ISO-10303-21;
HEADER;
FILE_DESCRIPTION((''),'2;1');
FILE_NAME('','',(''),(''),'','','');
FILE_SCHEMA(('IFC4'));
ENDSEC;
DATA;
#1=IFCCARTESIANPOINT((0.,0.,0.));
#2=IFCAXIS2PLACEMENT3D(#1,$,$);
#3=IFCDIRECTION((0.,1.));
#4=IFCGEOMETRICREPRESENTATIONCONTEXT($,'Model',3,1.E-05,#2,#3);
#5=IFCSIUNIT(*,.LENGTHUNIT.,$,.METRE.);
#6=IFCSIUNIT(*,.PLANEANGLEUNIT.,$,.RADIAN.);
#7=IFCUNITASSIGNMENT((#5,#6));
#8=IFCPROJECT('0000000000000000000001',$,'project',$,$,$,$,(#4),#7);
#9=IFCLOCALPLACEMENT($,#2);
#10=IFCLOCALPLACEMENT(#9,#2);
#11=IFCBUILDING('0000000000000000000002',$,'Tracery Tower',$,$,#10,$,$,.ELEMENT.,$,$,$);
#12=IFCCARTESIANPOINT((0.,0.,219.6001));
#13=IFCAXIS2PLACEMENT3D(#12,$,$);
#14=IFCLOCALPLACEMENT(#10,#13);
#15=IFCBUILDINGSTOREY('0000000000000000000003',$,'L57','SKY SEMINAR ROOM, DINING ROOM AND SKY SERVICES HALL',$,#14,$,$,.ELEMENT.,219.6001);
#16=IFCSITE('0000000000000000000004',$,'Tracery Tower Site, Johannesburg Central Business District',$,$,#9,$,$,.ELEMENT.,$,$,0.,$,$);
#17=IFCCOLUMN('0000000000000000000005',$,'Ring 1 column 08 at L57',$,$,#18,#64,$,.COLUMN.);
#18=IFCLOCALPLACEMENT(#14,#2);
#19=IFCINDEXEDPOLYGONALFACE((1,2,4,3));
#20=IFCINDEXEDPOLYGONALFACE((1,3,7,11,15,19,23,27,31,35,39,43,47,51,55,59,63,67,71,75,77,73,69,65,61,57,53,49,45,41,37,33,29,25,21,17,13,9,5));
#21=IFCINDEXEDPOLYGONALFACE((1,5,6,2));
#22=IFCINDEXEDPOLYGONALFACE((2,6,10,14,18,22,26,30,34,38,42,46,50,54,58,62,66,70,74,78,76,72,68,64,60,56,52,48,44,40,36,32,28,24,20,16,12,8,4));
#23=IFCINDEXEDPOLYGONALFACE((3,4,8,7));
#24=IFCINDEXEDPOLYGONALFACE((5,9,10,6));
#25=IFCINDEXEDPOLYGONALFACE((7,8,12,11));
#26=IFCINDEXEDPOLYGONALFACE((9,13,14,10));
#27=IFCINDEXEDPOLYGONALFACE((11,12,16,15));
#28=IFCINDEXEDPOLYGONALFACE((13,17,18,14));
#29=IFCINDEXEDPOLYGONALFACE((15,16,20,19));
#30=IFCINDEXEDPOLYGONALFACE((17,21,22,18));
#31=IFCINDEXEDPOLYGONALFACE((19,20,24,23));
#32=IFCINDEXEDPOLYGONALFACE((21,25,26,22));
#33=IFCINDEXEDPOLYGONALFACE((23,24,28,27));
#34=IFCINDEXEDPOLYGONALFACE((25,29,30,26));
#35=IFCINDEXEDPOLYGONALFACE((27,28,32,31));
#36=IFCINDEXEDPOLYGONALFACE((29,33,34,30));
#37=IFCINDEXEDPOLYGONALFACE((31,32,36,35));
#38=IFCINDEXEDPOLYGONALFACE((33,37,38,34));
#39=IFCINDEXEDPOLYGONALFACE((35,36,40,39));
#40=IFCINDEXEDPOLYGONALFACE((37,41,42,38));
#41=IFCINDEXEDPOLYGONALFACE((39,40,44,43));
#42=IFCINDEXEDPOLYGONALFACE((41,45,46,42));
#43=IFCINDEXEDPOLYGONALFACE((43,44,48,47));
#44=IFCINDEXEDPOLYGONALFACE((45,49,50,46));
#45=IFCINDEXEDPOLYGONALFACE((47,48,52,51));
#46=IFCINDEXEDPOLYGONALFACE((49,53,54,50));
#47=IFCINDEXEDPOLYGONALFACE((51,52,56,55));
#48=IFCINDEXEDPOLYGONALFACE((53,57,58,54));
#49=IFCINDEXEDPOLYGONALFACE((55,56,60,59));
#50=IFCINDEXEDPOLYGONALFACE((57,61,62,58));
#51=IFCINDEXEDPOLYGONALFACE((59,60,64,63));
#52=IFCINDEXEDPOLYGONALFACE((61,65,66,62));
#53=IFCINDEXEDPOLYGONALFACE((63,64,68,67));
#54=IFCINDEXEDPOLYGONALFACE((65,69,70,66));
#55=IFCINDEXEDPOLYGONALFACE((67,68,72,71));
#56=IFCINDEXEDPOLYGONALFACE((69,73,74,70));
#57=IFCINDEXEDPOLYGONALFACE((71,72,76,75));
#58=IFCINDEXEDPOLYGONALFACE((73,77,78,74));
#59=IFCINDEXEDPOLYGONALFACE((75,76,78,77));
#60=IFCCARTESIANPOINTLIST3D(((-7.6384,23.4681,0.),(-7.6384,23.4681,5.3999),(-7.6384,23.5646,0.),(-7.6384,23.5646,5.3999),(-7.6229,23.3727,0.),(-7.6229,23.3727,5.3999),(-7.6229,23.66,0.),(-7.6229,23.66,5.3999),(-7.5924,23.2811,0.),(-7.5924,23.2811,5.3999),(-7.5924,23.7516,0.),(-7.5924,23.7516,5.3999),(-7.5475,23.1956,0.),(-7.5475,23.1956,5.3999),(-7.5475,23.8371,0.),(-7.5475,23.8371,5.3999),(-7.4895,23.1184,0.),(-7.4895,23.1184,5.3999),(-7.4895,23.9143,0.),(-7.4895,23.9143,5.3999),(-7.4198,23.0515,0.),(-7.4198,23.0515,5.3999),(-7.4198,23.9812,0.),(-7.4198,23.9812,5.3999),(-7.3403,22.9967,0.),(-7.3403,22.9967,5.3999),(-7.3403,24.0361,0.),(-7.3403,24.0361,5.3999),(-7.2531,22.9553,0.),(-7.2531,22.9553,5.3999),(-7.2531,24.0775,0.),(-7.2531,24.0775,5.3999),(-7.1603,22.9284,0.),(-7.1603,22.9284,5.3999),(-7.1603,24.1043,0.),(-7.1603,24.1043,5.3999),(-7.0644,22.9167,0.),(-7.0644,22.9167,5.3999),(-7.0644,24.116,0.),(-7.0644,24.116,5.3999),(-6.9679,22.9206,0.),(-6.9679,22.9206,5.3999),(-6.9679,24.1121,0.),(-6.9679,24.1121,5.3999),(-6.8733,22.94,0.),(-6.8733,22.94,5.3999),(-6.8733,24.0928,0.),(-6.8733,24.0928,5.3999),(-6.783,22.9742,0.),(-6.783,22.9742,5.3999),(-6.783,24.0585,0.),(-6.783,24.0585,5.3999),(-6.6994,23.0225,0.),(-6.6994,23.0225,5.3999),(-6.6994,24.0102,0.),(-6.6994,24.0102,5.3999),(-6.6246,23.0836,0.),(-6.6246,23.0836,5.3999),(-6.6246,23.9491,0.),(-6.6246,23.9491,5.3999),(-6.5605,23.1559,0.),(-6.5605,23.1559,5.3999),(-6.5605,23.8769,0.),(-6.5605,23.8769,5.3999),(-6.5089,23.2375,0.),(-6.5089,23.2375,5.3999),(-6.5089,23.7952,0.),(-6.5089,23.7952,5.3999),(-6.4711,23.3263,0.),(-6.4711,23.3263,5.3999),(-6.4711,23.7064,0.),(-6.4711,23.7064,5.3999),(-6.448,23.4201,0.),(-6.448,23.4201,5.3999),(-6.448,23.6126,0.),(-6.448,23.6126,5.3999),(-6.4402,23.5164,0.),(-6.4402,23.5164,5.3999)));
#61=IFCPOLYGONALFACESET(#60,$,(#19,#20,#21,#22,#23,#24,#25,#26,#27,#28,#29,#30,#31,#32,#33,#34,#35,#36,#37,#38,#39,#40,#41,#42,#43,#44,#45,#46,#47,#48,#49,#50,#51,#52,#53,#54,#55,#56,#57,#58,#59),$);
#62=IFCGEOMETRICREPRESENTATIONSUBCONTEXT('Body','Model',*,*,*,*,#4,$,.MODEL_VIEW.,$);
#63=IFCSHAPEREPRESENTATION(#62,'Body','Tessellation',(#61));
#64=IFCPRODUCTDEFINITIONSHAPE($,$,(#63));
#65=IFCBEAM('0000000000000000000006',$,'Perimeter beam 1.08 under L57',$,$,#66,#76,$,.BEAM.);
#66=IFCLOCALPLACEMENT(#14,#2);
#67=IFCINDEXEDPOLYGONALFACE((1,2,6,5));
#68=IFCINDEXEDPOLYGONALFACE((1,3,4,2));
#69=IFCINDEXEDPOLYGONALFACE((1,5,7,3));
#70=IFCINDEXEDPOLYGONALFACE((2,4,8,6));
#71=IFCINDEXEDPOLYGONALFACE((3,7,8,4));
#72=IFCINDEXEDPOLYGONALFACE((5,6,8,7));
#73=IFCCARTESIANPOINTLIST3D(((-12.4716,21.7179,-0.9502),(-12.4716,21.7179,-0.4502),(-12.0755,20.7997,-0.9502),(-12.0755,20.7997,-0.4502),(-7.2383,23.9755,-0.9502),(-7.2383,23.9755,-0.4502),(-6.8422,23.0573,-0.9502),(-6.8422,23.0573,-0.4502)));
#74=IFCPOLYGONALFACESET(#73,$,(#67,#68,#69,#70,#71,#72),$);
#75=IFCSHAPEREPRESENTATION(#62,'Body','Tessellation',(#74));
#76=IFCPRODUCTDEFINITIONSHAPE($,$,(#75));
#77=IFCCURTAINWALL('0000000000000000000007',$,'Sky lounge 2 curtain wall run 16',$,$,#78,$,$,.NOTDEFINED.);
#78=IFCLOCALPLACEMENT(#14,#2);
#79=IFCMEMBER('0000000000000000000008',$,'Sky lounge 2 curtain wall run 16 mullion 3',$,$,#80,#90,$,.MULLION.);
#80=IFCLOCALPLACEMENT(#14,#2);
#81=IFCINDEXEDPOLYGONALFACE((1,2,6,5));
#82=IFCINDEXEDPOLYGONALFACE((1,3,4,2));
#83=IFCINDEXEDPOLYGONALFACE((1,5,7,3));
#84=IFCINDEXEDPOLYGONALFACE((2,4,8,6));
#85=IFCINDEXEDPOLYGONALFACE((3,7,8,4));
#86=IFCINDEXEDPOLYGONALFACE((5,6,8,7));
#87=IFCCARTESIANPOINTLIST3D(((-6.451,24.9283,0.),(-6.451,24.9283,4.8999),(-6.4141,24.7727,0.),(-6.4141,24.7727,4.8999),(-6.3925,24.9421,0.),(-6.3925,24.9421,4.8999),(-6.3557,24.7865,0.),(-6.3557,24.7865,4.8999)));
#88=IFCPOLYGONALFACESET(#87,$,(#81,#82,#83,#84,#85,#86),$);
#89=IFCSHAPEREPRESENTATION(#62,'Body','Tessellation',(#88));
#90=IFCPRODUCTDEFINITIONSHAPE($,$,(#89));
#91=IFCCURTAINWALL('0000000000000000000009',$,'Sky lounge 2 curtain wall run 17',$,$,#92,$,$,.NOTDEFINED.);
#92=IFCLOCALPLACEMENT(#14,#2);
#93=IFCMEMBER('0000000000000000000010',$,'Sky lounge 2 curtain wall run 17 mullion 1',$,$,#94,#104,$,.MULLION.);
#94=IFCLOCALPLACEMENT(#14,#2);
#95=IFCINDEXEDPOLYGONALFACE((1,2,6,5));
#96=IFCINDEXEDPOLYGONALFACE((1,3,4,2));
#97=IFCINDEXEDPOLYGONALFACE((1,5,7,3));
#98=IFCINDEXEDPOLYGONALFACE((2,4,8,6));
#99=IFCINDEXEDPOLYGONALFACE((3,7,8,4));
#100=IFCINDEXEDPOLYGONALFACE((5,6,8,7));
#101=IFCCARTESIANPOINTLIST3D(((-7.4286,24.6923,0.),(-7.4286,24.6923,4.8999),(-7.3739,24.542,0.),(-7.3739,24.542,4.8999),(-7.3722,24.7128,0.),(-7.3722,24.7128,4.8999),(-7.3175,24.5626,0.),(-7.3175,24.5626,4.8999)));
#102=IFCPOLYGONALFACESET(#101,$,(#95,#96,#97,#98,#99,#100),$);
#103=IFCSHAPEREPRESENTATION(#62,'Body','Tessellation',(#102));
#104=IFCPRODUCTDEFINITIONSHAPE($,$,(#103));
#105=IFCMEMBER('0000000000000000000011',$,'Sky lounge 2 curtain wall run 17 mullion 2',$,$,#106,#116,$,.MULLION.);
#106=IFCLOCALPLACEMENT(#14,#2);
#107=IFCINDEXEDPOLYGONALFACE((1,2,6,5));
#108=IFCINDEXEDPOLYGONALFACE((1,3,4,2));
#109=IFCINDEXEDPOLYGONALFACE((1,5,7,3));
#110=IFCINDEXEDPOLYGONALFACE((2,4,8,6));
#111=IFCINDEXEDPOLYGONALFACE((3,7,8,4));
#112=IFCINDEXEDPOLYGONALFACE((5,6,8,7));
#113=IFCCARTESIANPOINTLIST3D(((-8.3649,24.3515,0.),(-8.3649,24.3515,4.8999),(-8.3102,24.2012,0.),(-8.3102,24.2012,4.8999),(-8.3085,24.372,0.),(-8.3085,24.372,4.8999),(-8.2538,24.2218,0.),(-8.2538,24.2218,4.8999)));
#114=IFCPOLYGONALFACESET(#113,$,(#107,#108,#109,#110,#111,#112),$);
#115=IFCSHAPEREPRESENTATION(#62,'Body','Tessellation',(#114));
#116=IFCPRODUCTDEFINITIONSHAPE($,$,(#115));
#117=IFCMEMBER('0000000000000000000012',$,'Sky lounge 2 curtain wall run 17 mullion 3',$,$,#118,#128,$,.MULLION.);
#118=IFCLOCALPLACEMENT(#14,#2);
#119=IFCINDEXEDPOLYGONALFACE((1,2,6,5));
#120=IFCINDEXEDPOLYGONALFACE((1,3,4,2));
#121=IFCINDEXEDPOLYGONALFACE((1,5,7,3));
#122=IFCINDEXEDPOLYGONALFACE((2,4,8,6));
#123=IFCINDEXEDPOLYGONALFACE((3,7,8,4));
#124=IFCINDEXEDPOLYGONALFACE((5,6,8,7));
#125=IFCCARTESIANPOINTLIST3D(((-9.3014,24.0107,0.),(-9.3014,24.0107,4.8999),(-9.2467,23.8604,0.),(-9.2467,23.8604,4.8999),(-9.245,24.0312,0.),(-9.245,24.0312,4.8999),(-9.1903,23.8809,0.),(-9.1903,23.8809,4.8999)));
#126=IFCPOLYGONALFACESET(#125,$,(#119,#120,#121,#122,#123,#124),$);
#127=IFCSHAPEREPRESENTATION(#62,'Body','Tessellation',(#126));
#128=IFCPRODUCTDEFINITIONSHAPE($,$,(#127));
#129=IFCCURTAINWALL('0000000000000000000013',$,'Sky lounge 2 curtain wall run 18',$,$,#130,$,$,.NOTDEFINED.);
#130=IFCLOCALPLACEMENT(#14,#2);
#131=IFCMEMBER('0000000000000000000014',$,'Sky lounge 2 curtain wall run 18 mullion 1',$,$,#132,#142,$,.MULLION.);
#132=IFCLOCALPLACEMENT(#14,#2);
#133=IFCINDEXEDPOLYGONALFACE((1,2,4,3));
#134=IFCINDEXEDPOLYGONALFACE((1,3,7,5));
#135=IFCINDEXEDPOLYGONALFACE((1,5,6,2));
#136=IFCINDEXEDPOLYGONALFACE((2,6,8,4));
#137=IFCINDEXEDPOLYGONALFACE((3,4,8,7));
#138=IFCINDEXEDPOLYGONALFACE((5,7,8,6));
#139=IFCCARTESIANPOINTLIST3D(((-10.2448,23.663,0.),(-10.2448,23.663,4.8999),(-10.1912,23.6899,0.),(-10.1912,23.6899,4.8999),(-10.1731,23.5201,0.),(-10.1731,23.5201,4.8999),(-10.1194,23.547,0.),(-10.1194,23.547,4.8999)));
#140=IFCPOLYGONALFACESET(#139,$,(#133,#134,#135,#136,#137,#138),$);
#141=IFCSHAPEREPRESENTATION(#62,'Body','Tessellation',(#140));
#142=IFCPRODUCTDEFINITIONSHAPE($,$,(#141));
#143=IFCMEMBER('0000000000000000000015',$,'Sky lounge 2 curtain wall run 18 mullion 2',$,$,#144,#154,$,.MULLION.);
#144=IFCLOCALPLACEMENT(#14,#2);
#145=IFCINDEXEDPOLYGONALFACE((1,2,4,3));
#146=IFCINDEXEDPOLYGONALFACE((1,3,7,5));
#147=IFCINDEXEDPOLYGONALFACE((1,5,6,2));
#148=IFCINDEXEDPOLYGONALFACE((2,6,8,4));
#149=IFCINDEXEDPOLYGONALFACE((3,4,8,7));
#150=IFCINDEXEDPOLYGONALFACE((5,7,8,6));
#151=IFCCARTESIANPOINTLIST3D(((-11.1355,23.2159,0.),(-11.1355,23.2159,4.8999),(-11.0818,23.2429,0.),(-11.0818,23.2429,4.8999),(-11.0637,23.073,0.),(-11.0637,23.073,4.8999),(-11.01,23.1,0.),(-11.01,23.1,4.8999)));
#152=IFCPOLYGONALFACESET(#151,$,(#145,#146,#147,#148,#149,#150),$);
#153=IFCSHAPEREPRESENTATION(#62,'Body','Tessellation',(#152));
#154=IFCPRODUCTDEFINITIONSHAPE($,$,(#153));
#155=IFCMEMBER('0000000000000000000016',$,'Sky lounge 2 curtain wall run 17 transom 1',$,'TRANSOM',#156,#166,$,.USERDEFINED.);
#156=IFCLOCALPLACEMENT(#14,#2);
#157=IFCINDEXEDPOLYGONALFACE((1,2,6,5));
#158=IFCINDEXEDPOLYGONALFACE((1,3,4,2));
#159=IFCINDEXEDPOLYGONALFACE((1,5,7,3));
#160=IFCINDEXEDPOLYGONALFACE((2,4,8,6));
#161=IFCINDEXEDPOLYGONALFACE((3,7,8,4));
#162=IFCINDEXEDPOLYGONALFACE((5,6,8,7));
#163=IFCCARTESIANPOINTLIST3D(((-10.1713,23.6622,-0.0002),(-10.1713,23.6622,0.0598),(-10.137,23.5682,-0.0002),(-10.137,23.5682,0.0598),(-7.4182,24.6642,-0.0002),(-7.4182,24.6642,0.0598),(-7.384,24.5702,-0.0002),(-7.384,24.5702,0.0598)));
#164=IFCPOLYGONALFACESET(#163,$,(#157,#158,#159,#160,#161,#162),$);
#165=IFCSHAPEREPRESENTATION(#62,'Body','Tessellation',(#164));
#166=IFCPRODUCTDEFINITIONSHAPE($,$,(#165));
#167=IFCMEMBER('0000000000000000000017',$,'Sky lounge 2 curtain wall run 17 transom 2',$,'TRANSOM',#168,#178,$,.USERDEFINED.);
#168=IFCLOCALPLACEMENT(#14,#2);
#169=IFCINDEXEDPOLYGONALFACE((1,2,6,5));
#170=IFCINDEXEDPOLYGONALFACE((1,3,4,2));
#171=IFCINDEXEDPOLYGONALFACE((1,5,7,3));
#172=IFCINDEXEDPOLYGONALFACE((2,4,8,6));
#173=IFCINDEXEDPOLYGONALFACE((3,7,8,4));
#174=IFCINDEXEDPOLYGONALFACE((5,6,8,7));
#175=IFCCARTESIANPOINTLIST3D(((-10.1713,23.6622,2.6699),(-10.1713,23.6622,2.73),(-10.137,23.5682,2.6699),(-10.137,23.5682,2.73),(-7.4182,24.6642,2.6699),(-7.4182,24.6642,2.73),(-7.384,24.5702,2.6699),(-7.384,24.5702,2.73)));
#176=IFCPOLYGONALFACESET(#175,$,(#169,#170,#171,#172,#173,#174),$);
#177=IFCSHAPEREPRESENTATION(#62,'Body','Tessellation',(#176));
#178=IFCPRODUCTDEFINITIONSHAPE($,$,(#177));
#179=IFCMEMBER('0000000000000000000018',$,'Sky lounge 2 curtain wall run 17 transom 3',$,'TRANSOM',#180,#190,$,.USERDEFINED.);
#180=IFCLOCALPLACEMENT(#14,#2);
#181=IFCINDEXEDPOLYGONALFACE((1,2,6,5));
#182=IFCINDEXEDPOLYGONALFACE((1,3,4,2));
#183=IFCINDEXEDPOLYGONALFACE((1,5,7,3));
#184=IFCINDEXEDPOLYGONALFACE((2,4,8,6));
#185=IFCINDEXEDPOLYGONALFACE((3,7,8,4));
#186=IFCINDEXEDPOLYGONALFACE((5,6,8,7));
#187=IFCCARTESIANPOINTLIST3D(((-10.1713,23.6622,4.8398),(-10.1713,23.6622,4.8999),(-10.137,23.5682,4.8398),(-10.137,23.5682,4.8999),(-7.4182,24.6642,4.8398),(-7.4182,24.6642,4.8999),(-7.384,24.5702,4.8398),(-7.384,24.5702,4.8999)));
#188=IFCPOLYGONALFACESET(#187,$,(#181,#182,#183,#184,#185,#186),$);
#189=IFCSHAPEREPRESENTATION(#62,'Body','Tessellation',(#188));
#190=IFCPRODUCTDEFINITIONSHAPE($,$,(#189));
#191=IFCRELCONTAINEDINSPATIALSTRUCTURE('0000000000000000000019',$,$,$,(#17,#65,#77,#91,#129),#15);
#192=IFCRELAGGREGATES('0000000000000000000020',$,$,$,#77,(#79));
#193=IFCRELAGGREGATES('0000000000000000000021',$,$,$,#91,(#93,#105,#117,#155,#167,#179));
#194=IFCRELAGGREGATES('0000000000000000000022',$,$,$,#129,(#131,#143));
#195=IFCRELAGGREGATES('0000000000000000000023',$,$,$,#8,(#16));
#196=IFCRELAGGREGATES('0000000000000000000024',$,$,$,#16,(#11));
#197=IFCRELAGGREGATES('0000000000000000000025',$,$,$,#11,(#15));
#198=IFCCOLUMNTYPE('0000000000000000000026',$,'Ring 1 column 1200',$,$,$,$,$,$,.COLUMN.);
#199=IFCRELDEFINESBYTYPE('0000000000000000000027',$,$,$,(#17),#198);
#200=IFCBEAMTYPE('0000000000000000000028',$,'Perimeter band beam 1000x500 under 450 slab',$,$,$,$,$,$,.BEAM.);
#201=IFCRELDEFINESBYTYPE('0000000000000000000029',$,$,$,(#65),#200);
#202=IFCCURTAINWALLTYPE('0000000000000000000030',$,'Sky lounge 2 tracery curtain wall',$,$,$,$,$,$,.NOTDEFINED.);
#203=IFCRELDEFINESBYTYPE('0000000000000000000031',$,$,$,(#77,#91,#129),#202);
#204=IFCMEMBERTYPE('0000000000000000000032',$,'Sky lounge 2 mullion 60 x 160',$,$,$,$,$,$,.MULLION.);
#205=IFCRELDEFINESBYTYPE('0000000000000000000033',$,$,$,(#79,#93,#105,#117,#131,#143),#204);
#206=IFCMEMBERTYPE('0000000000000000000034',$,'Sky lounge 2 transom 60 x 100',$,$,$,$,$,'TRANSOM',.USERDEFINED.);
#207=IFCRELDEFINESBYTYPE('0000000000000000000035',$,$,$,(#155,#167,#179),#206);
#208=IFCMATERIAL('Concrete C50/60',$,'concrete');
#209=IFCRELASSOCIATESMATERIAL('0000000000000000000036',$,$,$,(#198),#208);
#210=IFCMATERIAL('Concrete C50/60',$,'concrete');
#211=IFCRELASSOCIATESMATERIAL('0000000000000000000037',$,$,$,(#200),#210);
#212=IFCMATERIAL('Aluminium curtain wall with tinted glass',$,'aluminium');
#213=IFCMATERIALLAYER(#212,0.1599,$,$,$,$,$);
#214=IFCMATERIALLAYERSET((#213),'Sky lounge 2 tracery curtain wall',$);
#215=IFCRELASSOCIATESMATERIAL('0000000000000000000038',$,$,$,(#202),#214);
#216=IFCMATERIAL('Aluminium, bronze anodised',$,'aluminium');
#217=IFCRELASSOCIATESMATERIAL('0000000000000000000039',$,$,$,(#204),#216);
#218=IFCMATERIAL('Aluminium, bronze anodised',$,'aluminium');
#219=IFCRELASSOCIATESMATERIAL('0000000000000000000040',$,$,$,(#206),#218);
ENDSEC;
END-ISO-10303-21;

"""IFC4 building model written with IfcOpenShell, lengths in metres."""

from ifc_helpers import new_model, si_unit, direction, frame, origin, origin_2d, place, context, subcontext, project, spatial, rectangle, circle, extrude, material, layer, layer_set, material_profile, profile_set, type_object, element, aggregate, save


model = new_model("IFC4")

# Units and contexts
model_context = context("Model", 3, precision=1e-05, world=origin(), true_north=direction((0.0, 1.0)))
body_context = subcontext(model_context, "Body", "Model", "MODEL_VIEW")
ifc_project = project(units=[si_unit("LENGTHUNIT", "METRE"), si_unit("PLANEANGLEUNIT", "RADIAN")], contexts=[model_context])

# Site, building, storey
site_placement = place(None, origin())
site = spatial("IfcSite", under=ifc_project, at=site_placement, Name="Tracery Tower Site, Johannesburg Central Business District", CompositionType="ELEMENT", RefElevation=0.0)
building_placement = place(site_placement, origin())
building = spatial("IfcBuilding", under=site, at=building_placement, Name="Tracery Tower", CompositionType="ELEMENT")
storey_placement = place(building_placement, frame((0.0, 0.0, 219.6001)))
storey = spatial("IfcBuildingStorey", under=building, at=storey_placement, Name="L57", Description="SKY SEMINAR ROOM, DINING ROOM AND SKY SERVICES HALL", CompositionType="ELEMENT", Elevation=219.6001)

# Column
ifc_material_1 = material(Name="Concrete C50/60", Category="concrete")
ifc_material_profile_1 = material_profile(ifc_material_1, circle(Radius=0.6001, at=origin_2d()), Name="RC D1200")
ifc_profile_set_1 = profile_set([ifc_material_profile_1], Name="Concrete C50/60")
column_type = type_object("IfcColumnType", Name="Ring 1 column 1200", PredefinedType="COLUMN", material=ifc_profile_set_1)
column_placement = place(storey_placement, frame((-7.0403, 23.5164, 0.0), z_axis=(0.0, 0.0, 1.0), x_axis=(1.0, 0.0, 0.0)))
element("IfcColumn", 1, at=column_placement, inside=storey, type_object=column_type, Name="Ring 1 column 08 at L57", PredefinedType="COLUMN", context=body_context, shape_type="SweptSolid", body=[
    extrude(circle(Radius=0.6001, at=origin_2d()), origin(), (0.0, 0.0, 1.0), 5.3999),
])

# Beam
ifc_material_2 = material(Name="Concrete C50/60", Category="concrete")
ifc_material_profile_2 = material_profile(ifc_material_2, rectangle(XDim=1.0, YDim=0.5, at=origin_2d()), Name="RC 1000x500")
ifc_profile_set_2 = profile_set([ifc_material_profile_2], Name="Concrete C50/60")
beam_type = type_object("IfcBeamType", Name="Perimeter band beam 1000x500 under 450 slab", PredefinedType="BEAM", material=ifc_profile_set_2)
beam_placement = place(storey_placement, frame((-7.0403, 23.5164, -0.7002), z_axis=(-0.91821, -0.396095, 0.0), x_axis=(0.396095, -0.91821, 0.0)))
element("IfcBeam", 2, at=beam_placement, inside=storey, type_object=beam_type, Name="Perimeter beam 1.08 under L57", PredefinedType="BEAM", context=body_context, shape_type="SweptSolid", body=[
    extrude(rectangle(XDim=1.0, YDim=0.5, at=origin_2d()), origin(), (0.0, 0.0, 1.0), 5.6995),
])

# Curtain wall, member
ifc_material_3 = material(Name="Aluminium curtain wall with tinted glass", Category="aluminium")
ifc_layer_1 = layer(ifc_material_3, 0.1599)
ifc_layer_set_1 = layer_set([ifc_layer_1], Name="Sky lounge 2 tracery curtain wall")
curtain_wall_type = type_object("IfcCurtainWallType", Name="Sky lounge 2 tracery curtain wall", PredefinedType="NOTDEFINED", material=ifc_layer_set_1)
curtain_wall_1_placement = place(storey_placement, origin())
curtain_wall_1 = element("IfcCurtainWall", 3, at=curtain_wall_1_placement, inside=storey, type_object=curtain_wall_type, Name="Sky lounge 2 curtain wall run 16", PredefinedType="NOTDEFINED")
ifc_material_4 = material(Name="Aluminium, bronze anodised", Category="aluminium")
ifc_material_profile_3 = material_profile(ifc_material_4, rectangle(XDim=0.1599, YDim=0.0601, at=origin_2d()), Name="AL 60x160")
ifc_profile_set_3 = profile_set([ifc_material_profile_3], Name="Aluminium, bronze anodised")
member_type_1 = type_object("IfcMemberType", Name="Sky lounge 2 mullion 60 x 160", PredefinedType="MULLION", material=ifc_profile_set_3)
member_1_placement = place(storey_placement, frame((-6.4033, 24.8574, 0.0), z_axis=(0.0, 0.0, 1.0), x_axis=(0.230616, -0.973045, 0.0)))
member_1 = element("IfcMember", 4, at=member_1_placement, type_object=member_type_1, Name="Sky lounge 2 curtain wall run 16 mullion 3", PredefinedType="MULLION", context=body_context, shape_type="SweptSolid", body=[
    extrude(rectangle(XDim=0.1599, YDim=0.0601, at=origin_2d()), origin(), (0.0, 0.0, 1.0), 4.8999),
])

# Curtain walls, members
curtain_wall_2_placement = place(storey_placement, origin())
curtain_wall_2 = element("IfcCurtainWall", 5, at=curtain_wall_2_placement, inside=storey, type_object=curtain_wall_type, Name="Sky lounge 2 curtain wall run 17", PredefinedType="NOTDEFINED")
member_2_placement = place(storey_placement, frame((-7.373, 24.6274, 0.0), z_axis=(0.0, 0.0, 1.0), x_axis=(0.34202, -0.939693, 0.0)))
member_2 = element("IfcMember", 6, at=member_2_placement, type_object=member_type_1, Name="Sky lounge 2 curtain wall run 17 mullion 1", PredefinedType="MULLION", context=body_context, shape_type="SweptSolid", body=[
    extrude(rectangle(XDim=0.1599, YDim=0.0601, at=origin_2d()), origin(), (0.0, 0.0, 1.0), 4.8999),
])
member_3_placement = place(storey_placement, frame((-8.3093, 24.2866, 0.0), z_axis=(0.0, 0.0, 1.0), x_axis=(0.34202, -0.939693, 0.0)))
member_3 = element("IfcMember", 7, at=member_3_placement, type_object=member_type_1, Name="Sky lounge 2 curtain wall run 17 mullion 2", PredefinedType="MULLION", context=body_context, shape_type="SweptSolid", body=[
    extrude(rectangle(XDim=0.1599, YDim=0.0601, at=origin_2d()), origin(), (0.0, 0.0, 1.0), 4.8999),
])
member_4_placement = place(storey_placement, frame((-9.2458, 23.9458, 0.0), z_axis=(0.0, 0.0, 1.0), x_axis=(0.34202, -0.939693, 0.0)))
member_4 = element("IfcMember", 8, at=member_4_placement, type_object=member_type_1, Name="Sky lounge 2 curtain wall run 17 mullion 3", PredefinedType="MULLION", context=body_context, shape_type="SweptSolid", body=[
    extrude(rectangle(XDim=0.1599, YDim=0.0601, at=origin_2d()), origin(), (0.0, 0.0, 1.0), 4.8999),
])
curtain_wall_3_placement = place(storey_placement, origin())
curtain_wall_3 = element("IfcCurtainWall", 9, at=curtain_wall_3_placement, inside=storey, type_object=curtain_wall_type, Name="Sky lounge 2 curtain wall run 18", PredefinedType="NOTDEFINED")
member_5_placement = place(storey_placement, frame((-10.1821, 23.605, 0.0), z_axis=(0.0, 0.0, 1.0), x_axis=(0.448799, -0.893633, 0.0)))
member_5 = element("IfcMember", 10, at=member_5_placement, type_object=member_type_1, Name="Sky lounge 2 curtain wall run 18 mullion 1", PredefinedType="MULLION", context=body_context, shape_type="SweptSolid", body=[
    extrude(rectangle(XDim=0.1599, YDim=0.0601, at=origin_2d()), origin(), (0.0, 0.0, 1.0), 4.8999),
])
member_6_placement = place(storey_placement, frame((-11.0728, 23.158, 0.0), z_axis=(0.0, 0.0, 1.0), x_axis=(0.448799, -0.893633, 0.0)))
member_6 = element("IfcMember", 11, at=member_6_placement, type_object=member_type_1, Name="Sky lounge 2 curtain wall run 18 mullion 2", PredefinedType="MULLION", context=body_context, shape_type="SweptSolid", body=[
    extrude(rectangle(XDim=0.1599, YDim=0.0601, at=origin_2d()), origin(), (0.0, 0.0, 1.0), 4.8999),
])

# Members
ifc_material_5 = material(Name="Aluminium, bronze anodised", Category="aluminium")
ifc_material_profile_4 = material_profile(ifc_material_5, rectangle(XDim=0.1001, YDim=0.0601, at=origin_2d()), Name="AL 60x100")
ifc_profile_set_4 = profile_set([ifc_material_profile_4], Name="Aluminium, bronze anodised")
member_type_2 = type_object("IfcMemberType", Name="Sky lounge 2 transom 60 x 100", ElementType="TRANSOM", PredefinedType="USERDEFINED", material=ifc_profile_set_4)
member_7_placement = place(storey_placement, frame((-7.4011, 24.6172, 0.0298), z_axis=(-0.939696, -0.342011, 0.0), x_axis=(0.342011, -0.939696, 0.0)))
member_7 = element("IfcMember", 12, at=member_7_placement, type_object=member_type_2, Name="Sky lounge 2 curtain wall run 17 transom 1", ObjectType="TRANSOM", PredefinedType="USERDEFINED", context=body_context, shape_type="SweptSolid", body=[
    extrude(rectangle(XDim=0.1001, YDim=0.0601, at=origin_2d()), origin(), (0.0, 0.0, 1.0), 2.9297),
])
member_8_placement = place(storey_placement, frame((-7.4011, 24.6172, 2.7), z_axis=(-0.939696, -0.342011, 0.0), x_axis=(0.342011, -0.939696, 0.0)))
member_8 = element("IfcMember", 13, at=member_8_placement, type_object=member_type_2, Name="Sky lounge 2 curtain wall run 17 transom 2", ObjectType="TRANSOM", PredefinedType="USERDEFINED", context=body_context, shape_type="SweptSolid", body=[
    extrude(rectangle(XDim=0.1001, YDim=0.0601, at=origin_2d()), origin(), (0.0, 0.0, 1.0), 2.9297),
])
member_9_placement = place(storey_placement, frame((-7.4011, 24.6172, 4.8699), z_axis=(-0.939696, -0.342011, 0.0), x_axis=(0.342011, -0.939696, 0.0)))
member_9 = element("IfcMember", 14, at=member_9_placement, type_object=member_type_2, Name="Sky lounge 2 curtain wall run 17 transom 3", ObjectType="TRANSOM", PredefinedType="USERDEFINED", context=body_context, shape_type="SweptSolid", body=[
    extrude(rectangle(XDim=0.1001, YDim=0.0601, at=origin_2d()), origin(), (0.0, 0.0, 1.0), 2.9297),
])

aggregate(curtain_wall_1, [member_1])
aggregate(curtain_wall_2, [member_2, member_3, member_4, member_7, member_8, member_9])
aggregate(curtain_wall_3, [member_5, member_6])

save(model, "model.ifc")
